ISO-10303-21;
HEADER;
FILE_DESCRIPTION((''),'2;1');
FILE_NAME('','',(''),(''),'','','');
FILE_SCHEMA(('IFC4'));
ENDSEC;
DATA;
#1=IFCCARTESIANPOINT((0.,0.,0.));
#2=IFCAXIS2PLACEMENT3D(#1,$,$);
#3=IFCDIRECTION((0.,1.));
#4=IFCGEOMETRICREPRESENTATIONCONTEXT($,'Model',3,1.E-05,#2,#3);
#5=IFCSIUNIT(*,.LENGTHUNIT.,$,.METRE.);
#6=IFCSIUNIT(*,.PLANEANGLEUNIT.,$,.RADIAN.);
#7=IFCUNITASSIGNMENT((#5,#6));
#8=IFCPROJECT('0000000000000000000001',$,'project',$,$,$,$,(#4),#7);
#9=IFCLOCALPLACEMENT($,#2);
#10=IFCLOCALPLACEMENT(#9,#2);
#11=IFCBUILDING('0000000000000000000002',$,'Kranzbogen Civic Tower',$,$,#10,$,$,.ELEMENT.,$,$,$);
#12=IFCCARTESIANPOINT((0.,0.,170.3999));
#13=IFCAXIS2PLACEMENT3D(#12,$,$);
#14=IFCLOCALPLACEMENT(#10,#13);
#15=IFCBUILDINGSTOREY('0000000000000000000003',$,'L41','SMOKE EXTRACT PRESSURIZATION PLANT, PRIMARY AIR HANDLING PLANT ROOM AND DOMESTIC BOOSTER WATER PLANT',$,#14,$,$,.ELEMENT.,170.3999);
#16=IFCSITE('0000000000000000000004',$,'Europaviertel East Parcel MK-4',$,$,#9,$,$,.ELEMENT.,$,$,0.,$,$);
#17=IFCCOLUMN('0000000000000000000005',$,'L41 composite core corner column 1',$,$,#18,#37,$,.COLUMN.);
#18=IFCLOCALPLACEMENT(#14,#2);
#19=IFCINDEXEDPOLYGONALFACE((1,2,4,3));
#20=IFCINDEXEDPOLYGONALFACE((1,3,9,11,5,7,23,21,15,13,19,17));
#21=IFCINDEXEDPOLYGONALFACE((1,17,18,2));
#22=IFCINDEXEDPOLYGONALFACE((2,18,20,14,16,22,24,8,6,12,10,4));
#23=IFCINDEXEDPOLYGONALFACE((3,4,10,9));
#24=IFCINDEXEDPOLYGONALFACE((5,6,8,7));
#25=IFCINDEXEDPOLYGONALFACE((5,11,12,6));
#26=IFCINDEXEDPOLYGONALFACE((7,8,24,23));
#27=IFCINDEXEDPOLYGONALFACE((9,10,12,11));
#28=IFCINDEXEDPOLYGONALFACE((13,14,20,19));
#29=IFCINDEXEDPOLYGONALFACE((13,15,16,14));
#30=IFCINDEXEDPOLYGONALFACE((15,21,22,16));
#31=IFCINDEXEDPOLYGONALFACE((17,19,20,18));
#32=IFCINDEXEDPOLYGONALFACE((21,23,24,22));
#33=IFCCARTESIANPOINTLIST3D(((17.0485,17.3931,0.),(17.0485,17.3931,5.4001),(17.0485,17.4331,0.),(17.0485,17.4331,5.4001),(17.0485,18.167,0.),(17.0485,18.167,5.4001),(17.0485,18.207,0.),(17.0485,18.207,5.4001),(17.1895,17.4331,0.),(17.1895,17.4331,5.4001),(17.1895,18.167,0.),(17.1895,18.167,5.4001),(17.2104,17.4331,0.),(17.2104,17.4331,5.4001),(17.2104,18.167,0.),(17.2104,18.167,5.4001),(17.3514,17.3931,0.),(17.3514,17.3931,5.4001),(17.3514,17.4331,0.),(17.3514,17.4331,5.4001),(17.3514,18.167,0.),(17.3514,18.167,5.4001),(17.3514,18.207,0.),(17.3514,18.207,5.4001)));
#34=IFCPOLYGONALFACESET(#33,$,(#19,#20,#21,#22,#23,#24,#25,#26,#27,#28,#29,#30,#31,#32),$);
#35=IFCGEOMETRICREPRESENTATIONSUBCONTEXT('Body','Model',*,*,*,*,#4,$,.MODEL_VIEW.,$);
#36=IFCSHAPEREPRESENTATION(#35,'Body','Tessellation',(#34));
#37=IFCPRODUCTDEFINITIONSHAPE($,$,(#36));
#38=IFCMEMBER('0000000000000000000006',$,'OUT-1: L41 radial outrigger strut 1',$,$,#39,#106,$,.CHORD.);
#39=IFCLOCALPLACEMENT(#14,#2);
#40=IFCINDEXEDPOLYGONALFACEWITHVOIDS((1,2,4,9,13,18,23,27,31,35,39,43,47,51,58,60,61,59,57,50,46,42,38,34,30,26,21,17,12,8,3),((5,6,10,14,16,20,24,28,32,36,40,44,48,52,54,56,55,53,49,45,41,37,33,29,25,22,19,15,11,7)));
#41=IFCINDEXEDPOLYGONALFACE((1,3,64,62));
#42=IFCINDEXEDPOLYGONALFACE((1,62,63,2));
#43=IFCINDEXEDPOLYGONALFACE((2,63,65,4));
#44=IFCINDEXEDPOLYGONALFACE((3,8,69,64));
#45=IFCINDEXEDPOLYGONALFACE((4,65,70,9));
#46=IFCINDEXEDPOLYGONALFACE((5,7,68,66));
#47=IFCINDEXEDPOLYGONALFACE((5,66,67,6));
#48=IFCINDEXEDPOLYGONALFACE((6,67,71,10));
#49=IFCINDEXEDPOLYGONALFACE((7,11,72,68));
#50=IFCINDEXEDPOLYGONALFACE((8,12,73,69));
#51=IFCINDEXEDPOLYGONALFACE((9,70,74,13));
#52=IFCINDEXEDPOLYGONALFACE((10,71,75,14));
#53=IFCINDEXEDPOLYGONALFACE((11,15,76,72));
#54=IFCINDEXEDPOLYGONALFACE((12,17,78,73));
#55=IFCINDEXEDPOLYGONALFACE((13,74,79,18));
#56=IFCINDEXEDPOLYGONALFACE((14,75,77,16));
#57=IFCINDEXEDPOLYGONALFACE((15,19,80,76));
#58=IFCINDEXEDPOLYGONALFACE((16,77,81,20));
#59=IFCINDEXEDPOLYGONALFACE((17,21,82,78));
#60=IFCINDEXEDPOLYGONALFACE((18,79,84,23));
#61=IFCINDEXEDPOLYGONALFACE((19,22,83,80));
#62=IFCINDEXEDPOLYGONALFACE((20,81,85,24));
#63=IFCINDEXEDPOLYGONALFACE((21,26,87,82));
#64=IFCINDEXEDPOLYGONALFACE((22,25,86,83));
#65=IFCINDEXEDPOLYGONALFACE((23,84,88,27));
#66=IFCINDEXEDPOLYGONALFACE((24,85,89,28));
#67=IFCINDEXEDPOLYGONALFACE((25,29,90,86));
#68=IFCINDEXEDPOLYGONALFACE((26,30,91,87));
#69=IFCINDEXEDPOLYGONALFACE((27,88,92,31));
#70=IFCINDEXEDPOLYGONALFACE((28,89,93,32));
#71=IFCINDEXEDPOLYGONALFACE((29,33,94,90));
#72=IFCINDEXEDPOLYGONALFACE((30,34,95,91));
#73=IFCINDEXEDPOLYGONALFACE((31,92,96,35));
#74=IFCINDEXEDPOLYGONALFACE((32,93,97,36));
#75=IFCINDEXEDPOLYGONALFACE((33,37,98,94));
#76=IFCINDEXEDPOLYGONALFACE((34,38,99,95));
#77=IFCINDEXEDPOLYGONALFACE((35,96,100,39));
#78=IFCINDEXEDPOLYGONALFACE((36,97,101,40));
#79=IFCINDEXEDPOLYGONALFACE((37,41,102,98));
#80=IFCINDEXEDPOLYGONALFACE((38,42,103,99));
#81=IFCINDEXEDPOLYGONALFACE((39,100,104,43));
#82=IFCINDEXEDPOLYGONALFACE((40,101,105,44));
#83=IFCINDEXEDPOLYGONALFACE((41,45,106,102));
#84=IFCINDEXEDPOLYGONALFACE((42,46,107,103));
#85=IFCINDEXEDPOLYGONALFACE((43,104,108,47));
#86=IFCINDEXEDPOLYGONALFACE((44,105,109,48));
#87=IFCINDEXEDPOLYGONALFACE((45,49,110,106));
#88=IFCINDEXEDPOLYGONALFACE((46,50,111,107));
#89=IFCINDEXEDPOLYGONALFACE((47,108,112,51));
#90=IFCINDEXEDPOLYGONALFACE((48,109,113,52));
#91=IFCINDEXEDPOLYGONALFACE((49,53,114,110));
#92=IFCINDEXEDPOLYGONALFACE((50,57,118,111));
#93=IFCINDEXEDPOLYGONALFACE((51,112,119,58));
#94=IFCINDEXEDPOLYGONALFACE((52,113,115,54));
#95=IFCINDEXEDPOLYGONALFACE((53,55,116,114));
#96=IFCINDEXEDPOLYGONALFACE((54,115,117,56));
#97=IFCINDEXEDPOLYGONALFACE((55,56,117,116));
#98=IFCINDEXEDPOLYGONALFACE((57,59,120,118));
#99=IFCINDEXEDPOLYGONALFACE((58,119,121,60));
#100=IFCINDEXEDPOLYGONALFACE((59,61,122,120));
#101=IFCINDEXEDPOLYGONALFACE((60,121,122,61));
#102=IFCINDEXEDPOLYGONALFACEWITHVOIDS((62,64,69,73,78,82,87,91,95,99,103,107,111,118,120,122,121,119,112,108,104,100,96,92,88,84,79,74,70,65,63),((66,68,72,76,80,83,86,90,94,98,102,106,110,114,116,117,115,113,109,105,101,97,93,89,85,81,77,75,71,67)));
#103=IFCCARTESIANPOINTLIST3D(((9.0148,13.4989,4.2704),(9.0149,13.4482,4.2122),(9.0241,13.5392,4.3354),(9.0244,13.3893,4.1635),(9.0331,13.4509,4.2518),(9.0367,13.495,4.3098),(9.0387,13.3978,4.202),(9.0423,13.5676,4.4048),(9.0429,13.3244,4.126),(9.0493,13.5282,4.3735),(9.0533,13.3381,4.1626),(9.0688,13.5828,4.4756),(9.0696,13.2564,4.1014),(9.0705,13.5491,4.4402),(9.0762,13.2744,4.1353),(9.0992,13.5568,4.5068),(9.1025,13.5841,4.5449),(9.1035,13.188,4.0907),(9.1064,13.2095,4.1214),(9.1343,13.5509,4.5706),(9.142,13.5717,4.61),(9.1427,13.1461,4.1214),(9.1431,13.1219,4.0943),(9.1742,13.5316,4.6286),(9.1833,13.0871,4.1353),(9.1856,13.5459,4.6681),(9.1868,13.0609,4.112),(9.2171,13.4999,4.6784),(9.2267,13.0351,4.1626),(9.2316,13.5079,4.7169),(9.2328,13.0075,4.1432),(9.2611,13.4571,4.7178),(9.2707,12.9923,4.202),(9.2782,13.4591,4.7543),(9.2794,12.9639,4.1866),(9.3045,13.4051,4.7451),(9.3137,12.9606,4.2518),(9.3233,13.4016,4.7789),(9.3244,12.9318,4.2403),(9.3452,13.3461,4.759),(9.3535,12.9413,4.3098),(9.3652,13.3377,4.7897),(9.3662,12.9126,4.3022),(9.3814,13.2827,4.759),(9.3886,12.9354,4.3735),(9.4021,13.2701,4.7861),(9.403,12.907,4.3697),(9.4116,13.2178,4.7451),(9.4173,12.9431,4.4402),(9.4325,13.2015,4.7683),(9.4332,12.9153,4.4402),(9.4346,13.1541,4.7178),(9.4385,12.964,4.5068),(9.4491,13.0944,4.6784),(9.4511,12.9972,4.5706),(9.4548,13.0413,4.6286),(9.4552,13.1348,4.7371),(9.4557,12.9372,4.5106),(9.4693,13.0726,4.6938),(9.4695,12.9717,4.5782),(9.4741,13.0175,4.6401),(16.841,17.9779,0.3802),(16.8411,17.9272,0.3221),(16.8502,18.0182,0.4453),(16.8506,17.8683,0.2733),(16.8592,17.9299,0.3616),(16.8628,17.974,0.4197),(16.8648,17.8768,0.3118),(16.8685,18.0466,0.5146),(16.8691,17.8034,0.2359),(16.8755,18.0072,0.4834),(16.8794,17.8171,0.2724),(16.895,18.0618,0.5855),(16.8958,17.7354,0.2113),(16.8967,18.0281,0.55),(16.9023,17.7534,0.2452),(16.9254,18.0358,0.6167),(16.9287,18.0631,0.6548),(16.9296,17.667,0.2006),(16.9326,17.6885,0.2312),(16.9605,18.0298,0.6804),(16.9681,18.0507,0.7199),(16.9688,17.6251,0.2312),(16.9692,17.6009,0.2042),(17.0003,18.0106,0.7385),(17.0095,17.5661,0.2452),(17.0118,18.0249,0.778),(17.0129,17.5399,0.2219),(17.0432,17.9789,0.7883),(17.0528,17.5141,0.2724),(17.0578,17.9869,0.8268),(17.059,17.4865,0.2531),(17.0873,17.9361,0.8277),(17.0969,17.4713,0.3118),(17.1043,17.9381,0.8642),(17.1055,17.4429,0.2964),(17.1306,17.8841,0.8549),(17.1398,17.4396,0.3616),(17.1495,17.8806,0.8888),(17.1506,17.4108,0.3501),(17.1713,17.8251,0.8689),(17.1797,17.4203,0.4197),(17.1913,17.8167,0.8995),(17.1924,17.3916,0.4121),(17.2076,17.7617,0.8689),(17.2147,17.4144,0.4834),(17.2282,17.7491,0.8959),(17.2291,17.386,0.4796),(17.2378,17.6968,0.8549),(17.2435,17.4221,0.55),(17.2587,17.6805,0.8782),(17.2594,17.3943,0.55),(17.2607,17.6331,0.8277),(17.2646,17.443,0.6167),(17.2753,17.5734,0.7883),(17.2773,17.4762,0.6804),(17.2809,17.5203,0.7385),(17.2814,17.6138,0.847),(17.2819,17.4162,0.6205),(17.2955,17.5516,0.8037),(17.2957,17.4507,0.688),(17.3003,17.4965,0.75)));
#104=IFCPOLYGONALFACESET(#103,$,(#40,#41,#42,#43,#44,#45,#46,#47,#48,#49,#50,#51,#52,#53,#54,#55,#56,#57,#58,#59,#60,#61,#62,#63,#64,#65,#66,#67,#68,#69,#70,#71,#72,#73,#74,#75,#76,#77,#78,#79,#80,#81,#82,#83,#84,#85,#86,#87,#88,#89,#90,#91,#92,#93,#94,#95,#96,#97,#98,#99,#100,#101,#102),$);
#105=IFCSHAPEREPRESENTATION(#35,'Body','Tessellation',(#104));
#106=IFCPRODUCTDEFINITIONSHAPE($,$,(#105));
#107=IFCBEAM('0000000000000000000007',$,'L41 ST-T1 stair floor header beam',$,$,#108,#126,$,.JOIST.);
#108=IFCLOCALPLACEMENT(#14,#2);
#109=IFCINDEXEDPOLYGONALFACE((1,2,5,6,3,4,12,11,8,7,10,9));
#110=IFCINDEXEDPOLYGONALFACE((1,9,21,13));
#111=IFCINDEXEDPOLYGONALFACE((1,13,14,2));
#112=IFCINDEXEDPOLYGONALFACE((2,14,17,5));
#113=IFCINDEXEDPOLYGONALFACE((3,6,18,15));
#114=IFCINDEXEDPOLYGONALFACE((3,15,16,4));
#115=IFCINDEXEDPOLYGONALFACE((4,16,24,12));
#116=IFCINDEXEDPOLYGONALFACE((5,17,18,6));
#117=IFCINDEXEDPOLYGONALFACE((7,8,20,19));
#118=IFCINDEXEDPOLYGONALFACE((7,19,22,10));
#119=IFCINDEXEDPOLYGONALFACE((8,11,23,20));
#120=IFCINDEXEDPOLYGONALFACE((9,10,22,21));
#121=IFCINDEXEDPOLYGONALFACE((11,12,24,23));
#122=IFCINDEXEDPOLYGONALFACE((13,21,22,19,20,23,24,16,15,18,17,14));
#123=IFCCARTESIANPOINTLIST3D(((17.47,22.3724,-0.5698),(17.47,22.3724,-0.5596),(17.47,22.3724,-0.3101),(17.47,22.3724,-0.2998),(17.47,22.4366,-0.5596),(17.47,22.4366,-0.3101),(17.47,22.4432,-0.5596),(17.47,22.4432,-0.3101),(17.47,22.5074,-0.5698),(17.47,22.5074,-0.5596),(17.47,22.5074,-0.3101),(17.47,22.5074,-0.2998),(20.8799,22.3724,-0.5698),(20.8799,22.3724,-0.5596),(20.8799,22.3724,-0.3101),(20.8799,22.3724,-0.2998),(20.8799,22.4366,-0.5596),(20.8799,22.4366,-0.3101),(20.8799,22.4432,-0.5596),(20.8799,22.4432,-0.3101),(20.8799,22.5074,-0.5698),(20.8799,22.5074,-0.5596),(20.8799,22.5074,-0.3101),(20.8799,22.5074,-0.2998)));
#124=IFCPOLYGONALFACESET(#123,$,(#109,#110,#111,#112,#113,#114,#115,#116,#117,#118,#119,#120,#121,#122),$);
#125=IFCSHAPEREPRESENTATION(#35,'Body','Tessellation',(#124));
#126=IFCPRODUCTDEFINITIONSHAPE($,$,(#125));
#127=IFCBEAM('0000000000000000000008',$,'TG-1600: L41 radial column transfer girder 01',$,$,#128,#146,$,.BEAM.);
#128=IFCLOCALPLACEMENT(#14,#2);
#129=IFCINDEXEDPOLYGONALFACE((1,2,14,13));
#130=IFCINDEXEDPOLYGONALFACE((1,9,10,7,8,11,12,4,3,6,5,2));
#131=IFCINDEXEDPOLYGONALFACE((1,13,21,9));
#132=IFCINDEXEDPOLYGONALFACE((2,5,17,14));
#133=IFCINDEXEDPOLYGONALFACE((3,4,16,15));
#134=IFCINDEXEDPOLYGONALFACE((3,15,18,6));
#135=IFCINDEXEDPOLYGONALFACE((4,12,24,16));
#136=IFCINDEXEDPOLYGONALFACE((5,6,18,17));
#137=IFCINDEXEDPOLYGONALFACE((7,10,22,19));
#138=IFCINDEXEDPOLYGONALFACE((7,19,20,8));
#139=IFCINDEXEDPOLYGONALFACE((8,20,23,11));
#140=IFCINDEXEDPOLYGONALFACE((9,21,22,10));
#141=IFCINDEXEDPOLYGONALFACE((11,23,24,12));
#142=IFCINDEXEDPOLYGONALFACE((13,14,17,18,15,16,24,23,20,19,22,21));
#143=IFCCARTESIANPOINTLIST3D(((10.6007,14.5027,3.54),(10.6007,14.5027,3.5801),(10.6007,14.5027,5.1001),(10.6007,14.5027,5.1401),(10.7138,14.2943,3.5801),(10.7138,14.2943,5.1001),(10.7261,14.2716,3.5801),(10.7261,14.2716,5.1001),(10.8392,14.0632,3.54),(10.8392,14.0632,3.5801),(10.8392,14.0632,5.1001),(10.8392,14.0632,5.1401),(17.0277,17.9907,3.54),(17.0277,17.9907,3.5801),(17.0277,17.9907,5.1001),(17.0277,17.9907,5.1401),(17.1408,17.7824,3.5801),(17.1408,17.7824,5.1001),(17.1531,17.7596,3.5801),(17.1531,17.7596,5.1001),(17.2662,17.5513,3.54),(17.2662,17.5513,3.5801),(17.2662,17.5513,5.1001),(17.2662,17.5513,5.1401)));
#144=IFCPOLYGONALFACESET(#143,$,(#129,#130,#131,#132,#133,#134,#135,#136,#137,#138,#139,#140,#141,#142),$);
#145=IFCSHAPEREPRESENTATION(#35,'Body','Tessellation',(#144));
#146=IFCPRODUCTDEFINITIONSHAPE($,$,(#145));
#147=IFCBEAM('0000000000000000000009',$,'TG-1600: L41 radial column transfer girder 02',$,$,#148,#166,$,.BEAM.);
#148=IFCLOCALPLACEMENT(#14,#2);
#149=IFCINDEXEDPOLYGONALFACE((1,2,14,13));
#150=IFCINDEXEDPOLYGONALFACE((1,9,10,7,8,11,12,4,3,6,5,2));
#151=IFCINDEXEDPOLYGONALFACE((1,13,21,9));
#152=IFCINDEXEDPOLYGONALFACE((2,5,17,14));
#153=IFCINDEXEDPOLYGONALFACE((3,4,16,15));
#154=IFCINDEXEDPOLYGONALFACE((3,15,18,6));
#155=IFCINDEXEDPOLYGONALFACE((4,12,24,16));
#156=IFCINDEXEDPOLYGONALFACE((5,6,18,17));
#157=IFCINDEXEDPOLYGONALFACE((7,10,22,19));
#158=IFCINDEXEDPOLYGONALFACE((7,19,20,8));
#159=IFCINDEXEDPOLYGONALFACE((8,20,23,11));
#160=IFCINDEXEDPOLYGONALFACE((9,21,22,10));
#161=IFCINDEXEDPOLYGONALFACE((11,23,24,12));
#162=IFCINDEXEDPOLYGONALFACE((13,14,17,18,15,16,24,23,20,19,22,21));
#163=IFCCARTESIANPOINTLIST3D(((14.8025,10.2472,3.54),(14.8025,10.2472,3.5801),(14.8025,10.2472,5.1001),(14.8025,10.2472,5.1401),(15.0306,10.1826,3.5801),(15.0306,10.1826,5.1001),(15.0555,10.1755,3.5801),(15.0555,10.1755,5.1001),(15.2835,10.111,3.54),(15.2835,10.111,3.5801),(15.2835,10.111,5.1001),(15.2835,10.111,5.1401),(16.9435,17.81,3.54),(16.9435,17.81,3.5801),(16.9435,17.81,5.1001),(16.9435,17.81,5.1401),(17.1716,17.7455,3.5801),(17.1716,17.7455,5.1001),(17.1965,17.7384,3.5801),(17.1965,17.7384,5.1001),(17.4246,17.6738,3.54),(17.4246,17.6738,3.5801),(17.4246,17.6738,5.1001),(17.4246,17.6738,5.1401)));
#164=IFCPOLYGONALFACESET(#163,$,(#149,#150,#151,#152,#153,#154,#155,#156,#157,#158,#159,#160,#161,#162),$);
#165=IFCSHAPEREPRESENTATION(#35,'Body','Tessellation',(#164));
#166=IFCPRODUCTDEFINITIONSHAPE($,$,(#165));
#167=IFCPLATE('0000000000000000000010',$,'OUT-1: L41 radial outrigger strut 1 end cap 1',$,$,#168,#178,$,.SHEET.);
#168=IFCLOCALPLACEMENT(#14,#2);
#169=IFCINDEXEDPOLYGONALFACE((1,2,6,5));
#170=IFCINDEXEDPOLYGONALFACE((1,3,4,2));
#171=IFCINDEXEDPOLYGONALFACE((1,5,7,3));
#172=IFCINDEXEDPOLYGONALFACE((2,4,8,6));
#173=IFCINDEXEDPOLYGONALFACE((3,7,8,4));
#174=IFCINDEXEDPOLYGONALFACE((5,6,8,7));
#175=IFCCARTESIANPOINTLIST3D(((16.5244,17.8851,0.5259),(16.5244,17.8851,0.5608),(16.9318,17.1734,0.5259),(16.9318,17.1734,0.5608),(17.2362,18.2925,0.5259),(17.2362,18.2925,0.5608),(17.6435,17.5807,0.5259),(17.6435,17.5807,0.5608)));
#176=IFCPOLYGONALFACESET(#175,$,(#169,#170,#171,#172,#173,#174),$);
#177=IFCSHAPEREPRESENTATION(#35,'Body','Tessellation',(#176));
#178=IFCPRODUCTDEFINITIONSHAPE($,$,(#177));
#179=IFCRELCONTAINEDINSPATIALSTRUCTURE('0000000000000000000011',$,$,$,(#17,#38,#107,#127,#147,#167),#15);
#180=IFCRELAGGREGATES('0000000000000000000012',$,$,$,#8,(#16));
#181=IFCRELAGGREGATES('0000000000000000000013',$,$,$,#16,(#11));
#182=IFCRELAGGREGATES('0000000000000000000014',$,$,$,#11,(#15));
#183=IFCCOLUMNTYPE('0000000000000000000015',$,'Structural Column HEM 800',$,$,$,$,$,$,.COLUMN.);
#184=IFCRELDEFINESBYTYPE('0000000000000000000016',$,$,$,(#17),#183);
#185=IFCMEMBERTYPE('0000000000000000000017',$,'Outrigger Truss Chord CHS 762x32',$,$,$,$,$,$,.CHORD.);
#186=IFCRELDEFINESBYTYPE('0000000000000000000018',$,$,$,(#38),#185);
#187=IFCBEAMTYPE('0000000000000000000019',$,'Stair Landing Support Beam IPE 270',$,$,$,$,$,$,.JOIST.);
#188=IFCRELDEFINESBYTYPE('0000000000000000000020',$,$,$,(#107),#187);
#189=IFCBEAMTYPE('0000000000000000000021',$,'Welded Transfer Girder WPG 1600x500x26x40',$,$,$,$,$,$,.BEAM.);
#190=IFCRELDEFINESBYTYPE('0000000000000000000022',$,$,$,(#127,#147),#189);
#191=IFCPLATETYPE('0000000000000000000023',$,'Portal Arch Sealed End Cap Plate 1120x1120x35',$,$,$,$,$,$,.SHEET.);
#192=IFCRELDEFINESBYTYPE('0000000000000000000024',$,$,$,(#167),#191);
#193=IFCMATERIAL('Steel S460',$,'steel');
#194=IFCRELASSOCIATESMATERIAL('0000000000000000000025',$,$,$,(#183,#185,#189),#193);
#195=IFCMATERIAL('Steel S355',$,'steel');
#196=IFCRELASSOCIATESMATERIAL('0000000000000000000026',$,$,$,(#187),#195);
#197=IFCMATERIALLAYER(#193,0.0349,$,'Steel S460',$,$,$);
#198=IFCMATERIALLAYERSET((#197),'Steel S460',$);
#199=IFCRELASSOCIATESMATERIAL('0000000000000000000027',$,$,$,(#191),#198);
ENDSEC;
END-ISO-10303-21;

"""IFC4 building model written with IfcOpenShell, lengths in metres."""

from ifc_helpers import new_model, si_unit, direction, frame, origin, origin_2d, place, context, subcontext, project, spatial, rectangle, hollow_circle, i_section, extrude, material, layer, layer_set, material_profile, profile_set, type_object, element, save


model = new_model("IFC4")

# Units and contexts
model_context = context("Model", 3, precision=1e-05, world=origin(), true_north=direction((0.0, 1.0)))
body_context = subcontext(model_context, "Body", "Model", "MODEL_VIEW")
ifc_project = project(units=[si_unit("LENGTHUNIT", "METRE"), si_unit("PLANEANGLEUNIT", "RADIAN")], contexts=[model_context])

# Site, building, storey
site_placement = place(None, origin())
site = spatial("IfcSite", under=ifc_project, at=site_placement, Name="Europaviertel East Parcel MK-4", CompositionType="ELEMENT", RefElevation=0.0)
building_placement = place(site_placement, origin())
building = spatial("IfcBuilding", under=site, at=building_placement, Name="Kranzbogen Civic Tower", CompositionType="ELEMENT")
storey_placement = place(building_placement, frame((0.0, 0.0, 170.3999)))
storey = spatial("IfcBuildingStorey", under=building, at=storey_placement, Name="L41", Description="SMOKE EXTRACT PRESSURIZATION PLANT, PRIMARY AIR HANDLING PLANT ROOM AND DOMESTIC BOOSTER WATER PLANT", CompositionType="ELEMENT", Elevation=170.3999)

# Column
ifc_material_1 = material(Name="Steel S460", Category="steel")
ifc_material_profile_1 = material_profile(ifc_material_1, i_section(OverallWidth=0.303, OverallDepth=0.814, WebThickness=0.021, FlangeThickness=0.04, at=origin_2d()), Name="HEM 800")
ifc_profile_set_1 = profile_set([ifc_material_profile_1], Name="Steel S460")
column_type = type_object("IfcColumnType", Name="Structural Column HEM 800", PredefinedType="COLUMN", material=ifc_profile_set_1)
column_placement = place(storey_placement, frame((17.2, 17.8, 0.0), z_axis=(0.0, 0.0, 1.0), x_axis=(1.0, 0.0, 0.0)))
element("IfcColumn", 1, at=column_placement, inside=storey, type_object=column_type, Name="L41 composite core corner column 1", PredefinedType="COLUMN", context=body_context, shape_type="SweptSolid", body=[
    extrude(i_section(OverallWidth=0.303, OverallDepth=0.814, WebThickness=0.021, FlangeThickness=0.04, at=origin_2d()), origin(), (0.0, 0.0, 1.0), 5.4001),
])

# Member
ifc_material_profile_2 = material_profile(ifc_material_1, hollow_circle(Radius=0.3811, WallThickness=0.032, at=origin_2d()), Name="CHS 762x32")
ifc_profile_set_2 = profile_set([ifc_material_profile_2], Name="Steel S460")
member_type = type_object("IfcMemberType", Name="Outrigger Truss Chord CHS 762x32", PredefinedType="CHORD", material=ifc_profile_set_2)
member_placement = place(storey_placement, frame((17.0701, 17.7251, 0.55), z_axis=(-0.796916, -0.456084, 0.396121), x_axis=(0.496716, -0.867913, 0.0)))
element("IfcMember", 2, at=member_placement, inside=storey, type_object=member_type, Name="OUT-1: L41 radial outrigger strut 1", PredefinedType="CHORD", context=body_context, shape_type="SweptSolid", body=[
    extrude(hollow_circle(Radius=0.3811, WallThickness=0.032, at=origin_2d()), origin(), (0.0, 0.0, 1.0), 9.8206),
])

# Beams
ifc_material_2 = material(Name="Steel S355", Category="steel")
ifc_material_profile_3 = material_profile(ifc_material_2, i_section(OverallWidth=0.135, OverallDepth=0.27, WebThickness=0.0066, FlangeThickness=0.0103, at=origin_2d()), Name="IPE 270")
ifc_profile_set_3 = profile_set([ifc_material_profile_3], Name="Steel S355")
beam_type_1 = type_object("IfcBeamType", Name="Stair Landing Support Beam IPE 270", PredefinedType="JOIST", material=ifc_profile_set_3)
beam_1_placement = place(storey_placement, frame((20.8799, 22.4399, -0.4348), z_axis=(-1.0, 0.0, 0.0), x_axis=(0.0, -1.0, 0.0)))
element("IfcBeam", 3, at=beam_1_placement, inside=storey, type_object=beam_type_1, Name="L41 ST-T1 stair floor header beam", PredefinedType="JOIST", context=body_context, shape_type="SweptSolid", body=[
    extrude(i_section(OverallWidth=0.135, OverallDepth=0.27, WebThickness=0.0066, FlangeThickness=0.0103, at=origin_2d()), origin(), (0.0, 0.0, 1.0), 3.4099),
])
ifc_material_profile_4 = material_profile(ifc_material_1, i_section(OverallWidth=0.5, OverallDepth=1.6001, WebThickness=0.0259, FlangeThickness=0.04, at=origin_2d()), Name="WPG 1600x500x26x40")
ifc_profile_set_4 = profile_set([ifc_material_profile_4], Name="Steel S460")
beam_type_2 = type_object("IfcBeamType", Name="Welded Transfer Girder WPG 1600x500x26x40", PredefinedType="BEAM", material=ifc_profile_set_4)
beam_2_placement = place(storey_placement, frame((17.147, 17.771, 4.3401), z_axis=(-0.878905, -0.476996, 0.0), x_axis=(0.476996, -0.878905, 0.0)))
element("IfcBeam", 4, at=beam_2_placement, inside=storey, type_object=beam_type_2, Name="TG-1600: L41 radial column transfer girder 01", PredefinedType="BEAM", context=body_context, shape_type="SweptSolid", body=[
    extrude(i_section(OverallWidth=0.5, OverallDepth=1.6001, WebThickness=0.0259, FlangeThickness=0.04, at=origin_2d()), origin(), (0.0, 0.0, 1.0), 7.3125),
])
beam_3_placement = place(storey_placement, frame((17.1841, 17.7419, 4.3401), z_axis=(-0.272398, -0.962185, 0.0), x_axis=(0.962185, -0.272398, 0.0)))
element("IfcBeam", 5, at=beam_3_placement, inside=storey, type_object=beam_type_2, Name="TG-1600: L41 radial column transfer girder 02", PredefinedType="BEAM", context=body_context, shape_type="SweptSolid", body=[
    extrude(i_section(OverallWidth=0.5, OverallDepth=1.6001, WebThickness=0.0259, FlangeThickness=0.04, at=origin_2d()), origin(), (0.0, 0.0, 1.0), 7.8601),
])

# Plate
ifc_layer_1 = layer(ifc_material_1, 0.0349, Name="Steel S460")
ifc_layer_set_1 = layer_set([ifc_layer_1], Name="Steel S460")
plate_type = type_object("IfcPlateType", Name="Portal Arch Sealed End Cap Plate 1120x1120x35", PredefinedType="SHEET", material=ifc_layer_set_1)
plate_placement = place(storey_placement, frame((17.084, 17.7329, 0.5259), z_axis=(0.0, 0.0, 1.0), x_axis=(-0.867913, -0.496716, 0.0)))
element("IfcPlate", 6, at=plate_placement, inside=storey, type_object=plate_type, Name="OUT-1: L41 radial outrigger strut 1 end cap 1", PredefinedType="SHEET", context=body_context, shape_type="SweptSolid", body=[
    extrude(rectangle(XDim=0.8201, YDim=0.8201, at=origin_2d()), origin(), (0.0, 0.0, 1.0), 0.0349),
])

save(model, "model.ifc")
